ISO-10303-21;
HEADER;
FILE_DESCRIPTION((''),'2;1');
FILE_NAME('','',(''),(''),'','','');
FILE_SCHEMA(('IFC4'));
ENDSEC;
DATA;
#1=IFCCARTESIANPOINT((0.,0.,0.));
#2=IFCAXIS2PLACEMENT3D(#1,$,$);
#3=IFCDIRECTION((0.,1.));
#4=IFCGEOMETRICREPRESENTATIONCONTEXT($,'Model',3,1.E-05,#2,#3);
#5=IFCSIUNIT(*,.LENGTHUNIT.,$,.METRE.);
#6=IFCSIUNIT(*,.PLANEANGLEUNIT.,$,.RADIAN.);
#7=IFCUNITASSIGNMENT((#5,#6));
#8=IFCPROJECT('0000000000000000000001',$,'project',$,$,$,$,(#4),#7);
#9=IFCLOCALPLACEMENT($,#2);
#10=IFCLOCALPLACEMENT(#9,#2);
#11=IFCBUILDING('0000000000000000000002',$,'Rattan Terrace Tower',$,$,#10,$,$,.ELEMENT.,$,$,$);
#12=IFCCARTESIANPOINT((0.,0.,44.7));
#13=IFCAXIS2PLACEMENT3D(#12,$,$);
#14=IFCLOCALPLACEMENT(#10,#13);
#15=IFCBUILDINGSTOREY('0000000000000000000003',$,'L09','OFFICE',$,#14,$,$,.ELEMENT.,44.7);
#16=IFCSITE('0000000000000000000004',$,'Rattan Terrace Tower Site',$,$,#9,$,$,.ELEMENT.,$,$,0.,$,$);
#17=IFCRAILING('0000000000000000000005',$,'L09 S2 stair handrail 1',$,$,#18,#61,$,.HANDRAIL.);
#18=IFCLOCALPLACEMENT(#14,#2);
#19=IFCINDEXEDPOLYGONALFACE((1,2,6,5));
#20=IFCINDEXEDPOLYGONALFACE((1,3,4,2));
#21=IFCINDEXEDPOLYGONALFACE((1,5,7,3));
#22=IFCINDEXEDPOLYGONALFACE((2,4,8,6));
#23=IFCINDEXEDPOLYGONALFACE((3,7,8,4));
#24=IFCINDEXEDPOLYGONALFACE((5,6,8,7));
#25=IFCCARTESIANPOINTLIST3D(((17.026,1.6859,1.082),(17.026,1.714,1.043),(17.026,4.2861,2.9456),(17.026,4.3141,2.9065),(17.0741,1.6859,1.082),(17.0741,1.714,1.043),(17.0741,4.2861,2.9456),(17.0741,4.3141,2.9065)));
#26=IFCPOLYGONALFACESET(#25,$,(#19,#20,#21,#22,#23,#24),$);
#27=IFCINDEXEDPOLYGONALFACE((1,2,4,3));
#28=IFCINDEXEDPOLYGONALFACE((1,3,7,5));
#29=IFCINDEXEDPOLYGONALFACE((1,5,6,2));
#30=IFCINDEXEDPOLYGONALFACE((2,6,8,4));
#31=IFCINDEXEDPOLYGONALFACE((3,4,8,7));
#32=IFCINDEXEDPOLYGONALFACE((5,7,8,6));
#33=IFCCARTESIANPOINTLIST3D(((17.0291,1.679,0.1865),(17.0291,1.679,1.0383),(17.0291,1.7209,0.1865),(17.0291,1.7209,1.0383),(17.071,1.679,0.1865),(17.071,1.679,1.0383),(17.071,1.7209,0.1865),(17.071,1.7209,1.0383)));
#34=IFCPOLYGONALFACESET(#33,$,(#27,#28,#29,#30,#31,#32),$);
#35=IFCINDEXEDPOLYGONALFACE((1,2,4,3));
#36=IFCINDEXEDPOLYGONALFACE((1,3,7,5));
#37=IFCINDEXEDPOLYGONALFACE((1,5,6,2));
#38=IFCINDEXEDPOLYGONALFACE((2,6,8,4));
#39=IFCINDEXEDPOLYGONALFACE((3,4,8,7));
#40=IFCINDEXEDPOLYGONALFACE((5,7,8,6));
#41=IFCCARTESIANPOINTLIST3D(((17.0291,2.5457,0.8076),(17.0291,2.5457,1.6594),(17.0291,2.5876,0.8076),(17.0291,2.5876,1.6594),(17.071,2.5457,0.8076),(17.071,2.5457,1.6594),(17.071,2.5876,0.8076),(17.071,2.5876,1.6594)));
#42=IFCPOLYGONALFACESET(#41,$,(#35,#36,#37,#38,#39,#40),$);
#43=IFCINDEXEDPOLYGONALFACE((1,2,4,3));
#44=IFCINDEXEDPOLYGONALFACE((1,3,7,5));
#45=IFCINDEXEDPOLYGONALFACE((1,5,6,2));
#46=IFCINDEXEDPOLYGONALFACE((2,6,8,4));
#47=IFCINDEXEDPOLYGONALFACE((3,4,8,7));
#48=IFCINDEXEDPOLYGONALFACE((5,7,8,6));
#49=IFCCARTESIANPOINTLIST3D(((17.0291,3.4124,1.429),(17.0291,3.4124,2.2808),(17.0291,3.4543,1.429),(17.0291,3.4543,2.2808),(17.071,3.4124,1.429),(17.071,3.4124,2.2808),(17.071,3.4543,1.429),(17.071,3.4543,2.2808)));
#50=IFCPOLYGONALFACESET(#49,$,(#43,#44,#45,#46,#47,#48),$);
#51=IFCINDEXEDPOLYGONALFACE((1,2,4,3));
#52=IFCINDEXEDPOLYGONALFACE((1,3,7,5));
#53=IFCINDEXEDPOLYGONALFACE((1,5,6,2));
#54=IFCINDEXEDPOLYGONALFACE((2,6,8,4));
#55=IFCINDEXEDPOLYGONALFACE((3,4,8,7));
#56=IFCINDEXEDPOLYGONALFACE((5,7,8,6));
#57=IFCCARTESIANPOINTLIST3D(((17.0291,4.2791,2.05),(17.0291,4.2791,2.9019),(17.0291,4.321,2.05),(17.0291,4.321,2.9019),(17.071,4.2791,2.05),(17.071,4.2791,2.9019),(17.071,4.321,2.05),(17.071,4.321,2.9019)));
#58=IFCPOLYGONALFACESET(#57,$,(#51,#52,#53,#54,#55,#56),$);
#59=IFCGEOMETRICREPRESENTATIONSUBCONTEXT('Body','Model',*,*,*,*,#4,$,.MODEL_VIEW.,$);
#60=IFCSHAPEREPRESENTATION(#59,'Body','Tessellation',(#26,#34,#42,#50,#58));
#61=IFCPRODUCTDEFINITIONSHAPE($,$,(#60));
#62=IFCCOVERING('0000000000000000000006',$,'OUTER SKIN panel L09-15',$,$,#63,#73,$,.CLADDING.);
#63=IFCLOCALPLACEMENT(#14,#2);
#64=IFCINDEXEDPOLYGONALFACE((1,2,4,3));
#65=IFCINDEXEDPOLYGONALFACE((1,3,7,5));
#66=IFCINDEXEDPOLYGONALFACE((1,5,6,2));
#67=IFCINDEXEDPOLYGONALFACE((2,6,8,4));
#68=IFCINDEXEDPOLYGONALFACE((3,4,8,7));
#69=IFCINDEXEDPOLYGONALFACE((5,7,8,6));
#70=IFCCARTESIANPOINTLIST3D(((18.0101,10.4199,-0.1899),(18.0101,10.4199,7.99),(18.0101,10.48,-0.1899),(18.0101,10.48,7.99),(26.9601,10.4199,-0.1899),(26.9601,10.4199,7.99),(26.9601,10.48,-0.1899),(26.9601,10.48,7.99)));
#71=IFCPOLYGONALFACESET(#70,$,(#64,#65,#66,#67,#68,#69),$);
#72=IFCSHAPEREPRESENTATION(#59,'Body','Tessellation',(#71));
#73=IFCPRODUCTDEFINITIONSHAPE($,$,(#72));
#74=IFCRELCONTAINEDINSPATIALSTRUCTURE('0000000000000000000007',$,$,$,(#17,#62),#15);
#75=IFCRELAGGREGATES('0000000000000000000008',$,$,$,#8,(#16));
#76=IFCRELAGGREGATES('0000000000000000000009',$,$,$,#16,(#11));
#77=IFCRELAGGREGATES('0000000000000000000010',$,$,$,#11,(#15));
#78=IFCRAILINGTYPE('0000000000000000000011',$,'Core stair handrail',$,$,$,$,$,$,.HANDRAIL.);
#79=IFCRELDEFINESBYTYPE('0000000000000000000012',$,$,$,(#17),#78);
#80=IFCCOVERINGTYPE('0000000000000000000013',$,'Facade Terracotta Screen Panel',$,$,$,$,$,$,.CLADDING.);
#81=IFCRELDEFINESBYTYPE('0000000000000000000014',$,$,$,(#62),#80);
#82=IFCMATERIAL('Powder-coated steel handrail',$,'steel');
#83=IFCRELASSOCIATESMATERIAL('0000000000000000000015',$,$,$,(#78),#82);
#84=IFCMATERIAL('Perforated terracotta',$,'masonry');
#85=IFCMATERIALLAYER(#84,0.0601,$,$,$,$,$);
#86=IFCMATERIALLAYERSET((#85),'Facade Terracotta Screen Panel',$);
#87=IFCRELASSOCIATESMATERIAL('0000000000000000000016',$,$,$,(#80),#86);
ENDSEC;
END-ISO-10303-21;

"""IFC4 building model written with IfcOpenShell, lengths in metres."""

from ifc_helpers import new_model, si_unit, direction, frame, origin, origin_2d, place, context, subcontext, project, spatial, rectangle, extrude, material, layer, layer_set, type_object, element, save


model = new_model("IFC4")

# Units and contexts
model_context = context("Model", 3, precision=1e-05, world=origin(), true_north=direction((0.0, 1.0)))
body_context = subcontext(model_context, "Body", "Model", "MODEL_VIEW")
ifc_project = project(units=[si_unit("LENGTHUNIT", "METRE"), si_unit("PLANEANGLEUNIT", "RADIAN")], contexts=[model_context])

# Site, building, storey
site_placement = place(None, origin())
site = spatial("IfcSite", under=ifc_project, at=site_placement, Name="Rattan Terrace Tower Site", CompositionType="ELEMENT", RefElevation=0.0)
building_placement = place(site_placement, origin())
building = spatial("IfcBuilding", under=site, at=building_placement, Name="Rattan Terrace Tower", CompositionType="ELEMENT")
storey_placement = place(building_placement, frame((0.0, 0.0, 44.7)))
storey = spatial("IfcBuildingStorey", under=building, at=storey_placement, Name="L09", Description="OFFICE", CompositionType="ELEMENT", Elevation=44.7)

# Railing
ifc_material_1 = material(Name="Powder-coated steel handrail", Category="steel")
railing_type_1 = type_object("IfcRailingType", Name="Core stair handrail", PredefinedType="HANDRAIL", material=ifc_material_1)
railing_1_placement = place(storey_placement, frame((17.05, 1.7, 0.1865)))
element("IfcRailing", 1, at=railing_1_placement, inside=storey, type_object=railing_type_1, Name="L09 S2 stair handrail 1", PredefinedType="HANDRAIL", context=body_context, shape_type="SweptSolid", body=[
    extrude(rectangle(XDim=0.0481, YDim=0.0481, at=origin_2d()), frame((0.0, 0.0, 0.876), z_axis=(0.0, 0.812799, 0.582544), x_axis=(-1.0, 0.0, 0.0)), (0.0, 0.0, 1.0), 3.199),
    extrude(rectangle(XDim=0.042, YDim=0.042, at=origin_2d()), origin(), (0.0, 0.0, 1.0), 0.8518),
    extrude(rectangle(XDim=0.042, YDim=0.042, at=origin_2d()), frame((0.0, 0.8667, 0.6211)), (0.0, 0.0, 1.0), 0.8518),
    extrude(rectangle(XDim=0.042, YDim=0.042, at=origin_2d()), frame((0.0, 1.7334, 1.2424)), (0.0, 0.0, 1.0), 0.8518),
    extrude(rectangle(XDim=0.042, YDim=0.042, at=origin_2d()), frame((0.0, 2.6001, 1.8635)), (0.0, 0.0, 1.0), 0.8518),
])

# Covering
ifc_material_2 = material(Name="Perforated terracotta", Category="masonry")
ifc_layer_1 = layer(ifc_material_2, 0.0601)
ifc_layer_set_1 = layer_set([ifc_layer_1], Name="Facade Terracotta Screen Panel")
covering_type = type_object("IfcCoveringType", Name="Facade Terracotta Screen Panel", PredefinedType="CLADDING", material=ifc_layer_set_1)
covering_placement = place(storey_placement, frame((22.4851, 10.45, -0.1899), z_axis=(0.0, 0.0, 1.0), x_axis=(-1.0, 0.0, 0.0)))
element("IfcCovering", 2, at=covering_placement, inside=storey, type_object=covering_type, Name="OUTER SKIN panel L09-15", PredefinedType="CLADDING", context=body_context, shape_type="SweptSolid", body=[
    extrude(rectangle(XDim=8.95, YDim=0.0601, at=origin_2d()), origin(), (0.0, 0.0, 1.0), 8.1799),
])

save(model, "model.ifc")
